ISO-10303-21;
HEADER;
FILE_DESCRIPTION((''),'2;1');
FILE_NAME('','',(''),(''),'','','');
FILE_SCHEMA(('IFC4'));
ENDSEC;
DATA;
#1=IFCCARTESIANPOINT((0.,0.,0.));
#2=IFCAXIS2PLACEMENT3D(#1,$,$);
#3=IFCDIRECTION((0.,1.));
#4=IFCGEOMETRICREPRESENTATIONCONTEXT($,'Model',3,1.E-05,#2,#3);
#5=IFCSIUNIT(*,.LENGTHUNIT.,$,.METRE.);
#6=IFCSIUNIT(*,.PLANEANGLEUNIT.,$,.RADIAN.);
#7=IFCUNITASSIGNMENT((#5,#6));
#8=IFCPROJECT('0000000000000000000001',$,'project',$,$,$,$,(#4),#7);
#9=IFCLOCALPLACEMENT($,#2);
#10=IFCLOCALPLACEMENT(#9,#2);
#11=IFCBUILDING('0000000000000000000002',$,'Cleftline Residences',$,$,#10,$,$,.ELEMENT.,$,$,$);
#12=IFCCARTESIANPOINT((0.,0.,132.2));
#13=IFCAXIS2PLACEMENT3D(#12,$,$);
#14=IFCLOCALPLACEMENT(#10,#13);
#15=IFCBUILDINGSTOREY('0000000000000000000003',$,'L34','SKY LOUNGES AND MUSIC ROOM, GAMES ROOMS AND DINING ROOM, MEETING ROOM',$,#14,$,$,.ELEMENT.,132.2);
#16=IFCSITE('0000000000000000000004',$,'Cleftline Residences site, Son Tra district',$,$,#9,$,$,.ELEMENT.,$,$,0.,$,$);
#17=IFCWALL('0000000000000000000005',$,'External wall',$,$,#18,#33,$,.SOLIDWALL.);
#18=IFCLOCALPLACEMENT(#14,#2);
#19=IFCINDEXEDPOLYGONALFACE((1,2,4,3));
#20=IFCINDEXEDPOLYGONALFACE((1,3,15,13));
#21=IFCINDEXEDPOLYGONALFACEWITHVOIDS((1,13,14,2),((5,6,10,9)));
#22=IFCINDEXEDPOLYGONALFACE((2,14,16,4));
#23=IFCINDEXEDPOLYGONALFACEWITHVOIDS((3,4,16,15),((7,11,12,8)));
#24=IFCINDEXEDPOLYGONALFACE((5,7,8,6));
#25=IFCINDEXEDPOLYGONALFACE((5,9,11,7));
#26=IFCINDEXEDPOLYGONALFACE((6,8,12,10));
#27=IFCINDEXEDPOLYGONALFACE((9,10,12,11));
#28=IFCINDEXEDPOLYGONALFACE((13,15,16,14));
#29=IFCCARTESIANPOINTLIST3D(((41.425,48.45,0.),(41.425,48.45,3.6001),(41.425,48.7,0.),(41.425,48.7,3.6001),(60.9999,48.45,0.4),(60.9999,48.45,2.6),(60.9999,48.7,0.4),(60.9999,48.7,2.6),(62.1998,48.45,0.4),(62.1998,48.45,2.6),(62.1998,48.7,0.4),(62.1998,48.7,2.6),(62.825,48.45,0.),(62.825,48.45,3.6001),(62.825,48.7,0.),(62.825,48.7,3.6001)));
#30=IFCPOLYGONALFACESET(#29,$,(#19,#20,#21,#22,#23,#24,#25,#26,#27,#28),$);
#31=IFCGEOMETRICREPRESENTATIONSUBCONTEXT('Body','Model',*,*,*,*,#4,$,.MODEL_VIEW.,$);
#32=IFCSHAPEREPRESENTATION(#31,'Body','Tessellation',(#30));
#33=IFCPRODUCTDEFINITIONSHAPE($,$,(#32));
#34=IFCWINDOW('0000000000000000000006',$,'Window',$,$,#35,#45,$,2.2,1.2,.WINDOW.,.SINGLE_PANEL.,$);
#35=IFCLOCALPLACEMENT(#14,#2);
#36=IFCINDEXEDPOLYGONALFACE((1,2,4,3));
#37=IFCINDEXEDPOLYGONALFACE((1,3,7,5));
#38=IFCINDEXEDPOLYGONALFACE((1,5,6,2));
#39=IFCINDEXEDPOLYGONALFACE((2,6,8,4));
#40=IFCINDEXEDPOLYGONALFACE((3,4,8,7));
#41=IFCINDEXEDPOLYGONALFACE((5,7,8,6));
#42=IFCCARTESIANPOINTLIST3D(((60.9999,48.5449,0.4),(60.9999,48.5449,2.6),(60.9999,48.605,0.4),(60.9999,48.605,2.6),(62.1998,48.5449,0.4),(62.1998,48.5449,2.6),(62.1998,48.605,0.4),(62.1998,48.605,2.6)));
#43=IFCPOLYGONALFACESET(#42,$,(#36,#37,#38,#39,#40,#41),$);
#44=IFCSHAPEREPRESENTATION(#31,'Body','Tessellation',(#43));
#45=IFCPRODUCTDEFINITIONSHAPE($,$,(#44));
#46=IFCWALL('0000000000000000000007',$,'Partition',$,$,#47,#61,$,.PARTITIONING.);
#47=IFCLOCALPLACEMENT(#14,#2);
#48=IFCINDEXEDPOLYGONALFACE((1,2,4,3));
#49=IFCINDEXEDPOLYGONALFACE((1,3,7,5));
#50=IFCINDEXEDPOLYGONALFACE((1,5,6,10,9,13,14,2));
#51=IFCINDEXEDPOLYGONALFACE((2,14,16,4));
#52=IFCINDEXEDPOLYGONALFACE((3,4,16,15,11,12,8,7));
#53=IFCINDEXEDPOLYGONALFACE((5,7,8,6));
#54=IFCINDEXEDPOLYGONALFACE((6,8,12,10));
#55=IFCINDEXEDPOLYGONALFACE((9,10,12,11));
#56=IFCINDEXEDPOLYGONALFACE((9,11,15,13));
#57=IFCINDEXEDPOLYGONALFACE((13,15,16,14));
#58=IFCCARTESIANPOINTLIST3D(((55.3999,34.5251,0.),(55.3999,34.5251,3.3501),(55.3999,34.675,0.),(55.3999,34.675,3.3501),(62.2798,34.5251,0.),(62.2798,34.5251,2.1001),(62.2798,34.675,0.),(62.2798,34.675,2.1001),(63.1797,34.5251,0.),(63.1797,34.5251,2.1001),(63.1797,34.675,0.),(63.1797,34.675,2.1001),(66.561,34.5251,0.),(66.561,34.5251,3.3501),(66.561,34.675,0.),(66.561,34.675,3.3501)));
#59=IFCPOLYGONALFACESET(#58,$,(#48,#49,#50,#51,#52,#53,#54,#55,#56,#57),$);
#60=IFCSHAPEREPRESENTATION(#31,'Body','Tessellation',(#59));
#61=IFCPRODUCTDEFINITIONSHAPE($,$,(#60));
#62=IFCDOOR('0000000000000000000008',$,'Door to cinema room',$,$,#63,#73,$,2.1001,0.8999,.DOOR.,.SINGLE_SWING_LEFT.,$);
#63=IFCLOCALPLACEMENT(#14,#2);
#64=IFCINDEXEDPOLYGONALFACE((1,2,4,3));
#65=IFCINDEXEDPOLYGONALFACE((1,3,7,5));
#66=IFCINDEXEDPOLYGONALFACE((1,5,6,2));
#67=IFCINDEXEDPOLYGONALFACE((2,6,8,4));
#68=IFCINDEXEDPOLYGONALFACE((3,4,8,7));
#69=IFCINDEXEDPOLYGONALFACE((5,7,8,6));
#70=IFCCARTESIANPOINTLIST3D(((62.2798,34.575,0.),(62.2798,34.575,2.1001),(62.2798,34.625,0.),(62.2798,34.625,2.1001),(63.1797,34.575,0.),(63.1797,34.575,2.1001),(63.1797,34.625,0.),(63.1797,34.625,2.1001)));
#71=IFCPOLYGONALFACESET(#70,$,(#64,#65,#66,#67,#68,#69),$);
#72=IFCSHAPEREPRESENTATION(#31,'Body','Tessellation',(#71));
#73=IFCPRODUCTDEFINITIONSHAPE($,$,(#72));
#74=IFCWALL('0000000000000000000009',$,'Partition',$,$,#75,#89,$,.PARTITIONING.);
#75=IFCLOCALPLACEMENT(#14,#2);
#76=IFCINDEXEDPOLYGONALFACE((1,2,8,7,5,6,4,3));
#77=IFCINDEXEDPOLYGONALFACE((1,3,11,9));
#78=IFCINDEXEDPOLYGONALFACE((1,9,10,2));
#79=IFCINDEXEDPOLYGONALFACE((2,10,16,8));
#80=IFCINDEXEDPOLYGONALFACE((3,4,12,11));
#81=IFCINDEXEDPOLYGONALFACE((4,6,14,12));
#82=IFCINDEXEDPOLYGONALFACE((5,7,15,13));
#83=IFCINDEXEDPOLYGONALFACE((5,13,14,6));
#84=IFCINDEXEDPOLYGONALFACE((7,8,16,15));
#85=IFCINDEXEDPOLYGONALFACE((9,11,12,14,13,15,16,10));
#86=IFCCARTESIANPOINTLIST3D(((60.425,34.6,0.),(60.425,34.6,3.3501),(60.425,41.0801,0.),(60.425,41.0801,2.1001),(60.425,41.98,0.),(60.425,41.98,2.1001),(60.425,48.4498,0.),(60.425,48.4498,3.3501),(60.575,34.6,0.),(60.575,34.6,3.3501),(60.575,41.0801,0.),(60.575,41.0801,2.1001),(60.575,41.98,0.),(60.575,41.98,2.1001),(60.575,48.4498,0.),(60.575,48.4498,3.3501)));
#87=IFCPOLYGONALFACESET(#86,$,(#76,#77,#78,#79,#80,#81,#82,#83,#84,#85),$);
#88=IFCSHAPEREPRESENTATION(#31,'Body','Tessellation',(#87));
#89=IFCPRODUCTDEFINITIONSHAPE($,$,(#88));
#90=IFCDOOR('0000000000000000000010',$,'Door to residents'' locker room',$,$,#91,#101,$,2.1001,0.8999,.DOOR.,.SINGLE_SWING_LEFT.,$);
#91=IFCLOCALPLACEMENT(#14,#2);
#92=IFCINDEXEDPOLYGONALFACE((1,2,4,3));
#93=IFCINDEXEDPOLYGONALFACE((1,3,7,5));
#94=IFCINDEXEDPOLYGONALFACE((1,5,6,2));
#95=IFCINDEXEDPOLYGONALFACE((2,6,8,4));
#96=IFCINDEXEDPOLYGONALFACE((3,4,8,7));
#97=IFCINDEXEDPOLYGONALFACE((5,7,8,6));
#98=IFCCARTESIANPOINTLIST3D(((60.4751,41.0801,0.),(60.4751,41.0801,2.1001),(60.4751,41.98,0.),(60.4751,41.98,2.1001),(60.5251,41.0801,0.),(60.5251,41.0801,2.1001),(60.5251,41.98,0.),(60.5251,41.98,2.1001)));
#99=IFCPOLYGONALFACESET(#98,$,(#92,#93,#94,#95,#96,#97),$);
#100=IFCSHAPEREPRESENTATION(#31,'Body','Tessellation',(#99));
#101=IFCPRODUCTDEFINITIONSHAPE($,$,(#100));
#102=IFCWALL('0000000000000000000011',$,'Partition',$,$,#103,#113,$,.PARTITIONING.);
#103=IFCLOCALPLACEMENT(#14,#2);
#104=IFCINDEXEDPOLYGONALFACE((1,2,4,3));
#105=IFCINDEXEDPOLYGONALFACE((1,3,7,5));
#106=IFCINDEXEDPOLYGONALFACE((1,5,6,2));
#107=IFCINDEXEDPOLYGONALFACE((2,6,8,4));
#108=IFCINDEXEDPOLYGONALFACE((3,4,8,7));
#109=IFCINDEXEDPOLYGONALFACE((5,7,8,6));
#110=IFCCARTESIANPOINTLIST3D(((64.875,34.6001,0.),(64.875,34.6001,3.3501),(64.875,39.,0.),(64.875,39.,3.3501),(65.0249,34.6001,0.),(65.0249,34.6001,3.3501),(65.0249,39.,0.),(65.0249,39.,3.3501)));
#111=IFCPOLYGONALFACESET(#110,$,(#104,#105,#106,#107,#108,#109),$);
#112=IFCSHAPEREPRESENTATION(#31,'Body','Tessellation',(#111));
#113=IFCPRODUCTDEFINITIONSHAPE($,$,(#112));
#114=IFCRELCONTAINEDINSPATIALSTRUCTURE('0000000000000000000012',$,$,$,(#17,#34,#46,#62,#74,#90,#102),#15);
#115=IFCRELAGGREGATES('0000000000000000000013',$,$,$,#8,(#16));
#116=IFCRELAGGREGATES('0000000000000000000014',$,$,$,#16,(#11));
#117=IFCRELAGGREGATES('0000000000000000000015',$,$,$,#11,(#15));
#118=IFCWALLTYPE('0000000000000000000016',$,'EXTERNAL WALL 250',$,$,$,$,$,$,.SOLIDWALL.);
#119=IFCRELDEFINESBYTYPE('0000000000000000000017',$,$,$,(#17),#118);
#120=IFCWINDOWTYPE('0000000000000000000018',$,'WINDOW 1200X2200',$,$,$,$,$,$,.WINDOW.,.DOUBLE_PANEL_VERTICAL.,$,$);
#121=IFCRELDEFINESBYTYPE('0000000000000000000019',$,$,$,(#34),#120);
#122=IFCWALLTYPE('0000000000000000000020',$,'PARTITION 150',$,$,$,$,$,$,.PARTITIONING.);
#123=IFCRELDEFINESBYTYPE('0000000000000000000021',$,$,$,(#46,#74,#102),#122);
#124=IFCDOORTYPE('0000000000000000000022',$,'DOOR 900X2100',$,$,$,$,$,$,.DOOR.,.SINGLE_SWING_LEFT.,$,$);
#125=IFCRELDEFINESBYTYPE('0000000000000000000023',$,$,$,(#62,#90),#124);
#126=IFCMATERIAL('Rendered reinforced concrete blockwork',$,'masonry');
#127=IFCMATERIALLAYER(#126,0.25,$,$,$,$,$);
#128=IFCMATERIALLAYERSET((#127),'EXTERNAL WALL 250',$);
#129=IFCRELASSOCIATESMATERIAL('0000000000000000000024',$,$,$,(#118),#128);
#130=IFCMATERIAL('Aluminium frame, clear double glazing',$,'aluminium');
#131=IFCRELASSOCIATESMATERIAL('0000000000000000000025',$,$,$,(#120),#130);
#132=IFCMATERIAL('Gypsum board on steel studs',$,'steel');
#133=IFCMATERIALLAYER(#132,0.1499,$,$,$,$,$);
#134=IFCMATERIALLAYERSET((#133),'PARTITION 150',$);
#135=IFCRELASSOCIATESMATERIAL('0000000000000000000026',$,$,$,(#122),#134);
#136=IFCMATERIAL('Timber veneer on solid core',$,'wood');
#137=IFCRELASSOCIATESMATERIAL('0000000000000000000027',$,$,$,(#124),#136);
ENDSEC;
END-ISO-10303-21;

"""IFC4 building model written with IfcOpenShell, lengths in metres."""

from ifc_helpers import new_model, si_unit, direction, frame, frame_2d, origin, place, context, subcontext, project, spatial, rectangle, extrude, material, layer, layer_set, type_object, element, fill, save


model = new_model("IFC4")

# Units and contexts
model_context = context("Model", 3, precision=1e-05, world=origin(), true_north=direction((0.0, 1.0)))
body_context = subcontext(model_context, "Body", "Model", "MODEL_VIEW")
ifc_project = project(units=[si_unit("LENGTHUNIT", "METRE"), si_unit("PLANEANGLEUNIT", "RADIAN")], contexts=[model_context])

# Site, building, storey
site_placement = place(None, origin())
site = spatial("IfcSite", under=ifc_project, at=site_placement, Name="Cleftline Residences site, Son Tra district", CompositionType="ELEMENT", RefElevation=0.0)
building_placement = place(site_placement, origin())
building = spatial("IfcBuilding", under=site, at=building_placement, Name="Cleftline Residences", CompositionType="ELEMENT")
storey_placement = place(building_placement, frame((0.0, 0.0, 132.2)))
storey = spatial("IfcBuildingStorey", under=building, at=storey_placement, Name="L34", Description="SKY LOUNGES AND MUSIC ROOM, GAMES ROOMS AND DINING ROOM, MEETING ROOM", CompositionType="ELEMENT", Elevation=132.2)

# Wall, opening, window
ifc_material_1 = material(Name="Rendered reinforced concrete blockwork", Category="masonry")
ifc_layer_1 = layer(ifc_material_1, 0.25)
ifc_layer_set_1 = layer_set([ifc_layer_1], Name="EXTERNAL WALL 250")
wall_type_1 = type_object("IfcWallType", Name="EXTERNAL WALL 250", PredefinedType="SOLIDWALL", material=ifc_layer_set_1)
wall_1_placement = place(storey_placement, frame((62.825, 48.575, 0.0), z_axis=(0.0, 0.0, 1.0), x_axis=(-1.0, 0.0, 0.0)))
wall_1 = element("IfcWall", 1, at=wall_1_placement, inside=storey, type_object=wall_type_1, Name="External wall", PredefinedType="SOLIDWALL", context=body_context, shape_type="SweptSolid", body=[
    extrude(rectangle(XDim=21.3999, YDim=0.25, at=frame_2d((10.7, 0.0))), origin(), (0.0, 0.0, 1.0), 3.6001),
])
opening_1_placement = place(wall_1_placement, frame((0.625, 0.0, 0.3999)))
opening_1 = element("IfcOpeningElement", 2, at=opening_1_placement, cuts=wall_1, PredefinedType="OPENING", context=body_context, shape_type="SweptSolid", body=[
    extrude(rectangle(XDim=1.2, YDim=2.2, at=frame_2d((0.6001, 1.1001))), frame((0.0, 0.135, 0.0), z_axis=(0.0, -1.0, 0.0), x_axis=(1.0, 0.0, 0.0)), (0.0, 0.0, 1.0), 0.27),
])
ifc_material_2 = material(Name="Aluminium frame, clear double glazing", Category="aluminium")
window_type_1 = type_object("IfcWindowType", Name="WINDOW 1200X2200", PartitioningType="DOUBLE_PANEL_VERTICAL", PredefinedType="WINDOW", material=ifc_material_2)
window_1_placement = place(opening_1_placement, origin())
window_1 = element("IfcWindow", 3, at=window_1_placement, inside=storey, type_object=window_type_1, Name="Window", OverallHeight=2.2, OverallWidth=1.2, PartitioningType="SINGLE_PANEL", PredefinedType="WINDOW", context=body_context, shape_type="SweptSolid", body=[
    extrude(rectangle(XDim=1.2, YDim=2.2, at=frame_2d((0.6001, 1.1001))), frame((0.0, 0.03, 0.0), z_axis=(0.0, -1.0, 0.0), x_axis=(1.0, 0.0, 0.0)), (0.0, 0.0, 1.0), 0.0601),
])
fill(opening_1, window_1)

# Walls, openings, doors
ifc_material_3 = material(Name="Gypsum board on steel studs", Category="steel")
ifc_layer_2 = layer(ifc_material_3, 0.1499)
ifc_layer_set_2 = layer_set([ifc_layer_2], Name="PARTITION 150")
wall_type_2 = type_object("IfcWallType", Name="PARTITION 150", PredefinedType="PARTITIONING", material=ifc_layer_set_2)
wall_2_placement = place(storey_placement, frame((55.3999, 34.6001, 0.0), z_axis=(0.0, 0.0, 1.0), x_axis=(1.0, 0.0, 0.0)))
wall_2 = element("IfcWall", 4, at=wall_2_placement, inside=storey, type_object=wall_type_2, Name="Partition", PredefinedType="PARTITIONING", context=body_context, shape_type="SweptSolid", body=[
    extrude(rectangle(XDim=11.1611, YDim=0.1499, at=frame_2d((5.5806, 0.0))), origin(), (0.0, 0.0, 1.0), 3.3501),
])
opening_2_placement = place(wall_2_placement, frame((6.8799, 0.0, 0.0)))
opening_2 = element("IfcOpeningElement", 5, at=opening_2_placement, cuts=wall_2, PredefinedType="OPENING", context=body_context, shape_type="SweptSolid", body=[
    extrude(rectangle(XDim=0.8999, YDim=2.1001, at=frame_2d((0.45, 1.05))), frame((0.0, 0.085, 0.0), z_axis=(0.0, -1.0, 0.0), x_axis=(1.0, 0.0, 0.0)), (0.0, 0.0, 1.0), 0.1699),
])
ifc_material_4 = material(Name="Timber veneer on solid core", Category="wood")
door_type = type_object("IfcDoorType", Name="DOOR 900X2100", OperationType="SINGLE_SWING_LEFT", PredefinedType="DOOR", material=ifc_material_4)
door_1_placement = place(opening_2_placement, origin())
door_1 = element("IfcDoor", 6, at=door_1_placement, inside=storey, type_object=door_type, Name="Door to cinema room", OperationType="SINGLE_SWING_LEFT", OverallHeight=2.1001, OverallWidth=0.8999, PredefinedType="DOOR", context=body_context, shape_type="SweptSolid", body=[
    extrude(rectangle(XDim=0.8999, YDim=2.1001, at=frame_2d((0.45, 1.05))), frame((0.0, 0.0249, 0.0), z_axis=(0.0, -1.0, 0.0), x_axis=(1.0, 0.0, 0.0)), (0.0, 0.0, 1.0), 0.05),
])
fill(opening_2, door_1)
wall_3_placement = place(storey_placement, frame((60.5, 34.6001, 0.0), z_axis=(0.0, 0.0, 1.0), x_axis=(0.0, 1.0, 0.0)))
wall_3 = element("IfcWall", 7, at=wall_3_placement, inside=storey, type_object=wall_type_2, Name="Partition", PredefinedType="PARTITIONING", context=body_context, shape_type="SweptSolid", body=[
    extrude(rectangle(XDim=13.8499, YDim=0.1499, at=frame_2d((6.9248, 0.0))), origin(), (0.0, 0.0, 1.0), 3.3501),
])
opening_3_placement = place(wall_3_placement, frame((6.48, 0.0, 0.0)))
opening_3 = element("IfcOpeningElement", 8, at=opening_3_placement, cuts=wall_3, PredefinedType="OPENING", context=body_context, shape_type="SweptSolid", body=[
    extrude(rectangle(XDim=0.8999, YDim=2.1001, at=frame_2d((0.45, 1.05))), frame((0.0, 0.085, 0.0), z_axis=(0.0, -1.0, 0.0), x_axis=(1.0, 0.0, 0.0)), (0.0, 0.0, 1.0), 0.1699),
])
door_2_placement = place(opening_3_placement, origin())
door_2 = element("IfcDoor", 9, at=door_2_placement, inside=storey, type_object=door_type, Name="Door to residents' locker room", OperationType="SINGLE_SWING_LEFT", OverallHeight=2.1001, OverallWidth=0.8999, PredefinedType="DOOR", context=body_context, shape_type="SweptSolid", body=[
    extrude(rectangle(XDim=0.8999, YDim=2.1001, at=frame_2d((0.45, 1.05))), frame((0.0, 0.0249, 0.0), z_axis=(0.0, -1.0, 0.0), x_axis=(1.0, 0.0, 0.0)), (0.0, 0.0, 1.0), 0.05),
])
fill(opening_3, door_2)

# Wall
wall_4_placement = place(storey_placement, frame((64.95, 34.6001, 0.0), z_axis=(0.0, 0.0, 1.0), x_axis=(0.0, 1.0, 0.0)))
element("IfcWall", 10, at=wall_4_placement, inside=storey, type_object=wall_type_2, Name="Partition", PredefinedType="PARTITIONING", context=body_context, shape_type="SweptSolid", body=[
    extrude(rectangle(XDim=4.3999, YDim=0.1499, at=frame_2d((2.2, 0.0))), origin(), (0.0, 0.0, 1.0), 3.3501),
])

save(model, "model.ifc")
